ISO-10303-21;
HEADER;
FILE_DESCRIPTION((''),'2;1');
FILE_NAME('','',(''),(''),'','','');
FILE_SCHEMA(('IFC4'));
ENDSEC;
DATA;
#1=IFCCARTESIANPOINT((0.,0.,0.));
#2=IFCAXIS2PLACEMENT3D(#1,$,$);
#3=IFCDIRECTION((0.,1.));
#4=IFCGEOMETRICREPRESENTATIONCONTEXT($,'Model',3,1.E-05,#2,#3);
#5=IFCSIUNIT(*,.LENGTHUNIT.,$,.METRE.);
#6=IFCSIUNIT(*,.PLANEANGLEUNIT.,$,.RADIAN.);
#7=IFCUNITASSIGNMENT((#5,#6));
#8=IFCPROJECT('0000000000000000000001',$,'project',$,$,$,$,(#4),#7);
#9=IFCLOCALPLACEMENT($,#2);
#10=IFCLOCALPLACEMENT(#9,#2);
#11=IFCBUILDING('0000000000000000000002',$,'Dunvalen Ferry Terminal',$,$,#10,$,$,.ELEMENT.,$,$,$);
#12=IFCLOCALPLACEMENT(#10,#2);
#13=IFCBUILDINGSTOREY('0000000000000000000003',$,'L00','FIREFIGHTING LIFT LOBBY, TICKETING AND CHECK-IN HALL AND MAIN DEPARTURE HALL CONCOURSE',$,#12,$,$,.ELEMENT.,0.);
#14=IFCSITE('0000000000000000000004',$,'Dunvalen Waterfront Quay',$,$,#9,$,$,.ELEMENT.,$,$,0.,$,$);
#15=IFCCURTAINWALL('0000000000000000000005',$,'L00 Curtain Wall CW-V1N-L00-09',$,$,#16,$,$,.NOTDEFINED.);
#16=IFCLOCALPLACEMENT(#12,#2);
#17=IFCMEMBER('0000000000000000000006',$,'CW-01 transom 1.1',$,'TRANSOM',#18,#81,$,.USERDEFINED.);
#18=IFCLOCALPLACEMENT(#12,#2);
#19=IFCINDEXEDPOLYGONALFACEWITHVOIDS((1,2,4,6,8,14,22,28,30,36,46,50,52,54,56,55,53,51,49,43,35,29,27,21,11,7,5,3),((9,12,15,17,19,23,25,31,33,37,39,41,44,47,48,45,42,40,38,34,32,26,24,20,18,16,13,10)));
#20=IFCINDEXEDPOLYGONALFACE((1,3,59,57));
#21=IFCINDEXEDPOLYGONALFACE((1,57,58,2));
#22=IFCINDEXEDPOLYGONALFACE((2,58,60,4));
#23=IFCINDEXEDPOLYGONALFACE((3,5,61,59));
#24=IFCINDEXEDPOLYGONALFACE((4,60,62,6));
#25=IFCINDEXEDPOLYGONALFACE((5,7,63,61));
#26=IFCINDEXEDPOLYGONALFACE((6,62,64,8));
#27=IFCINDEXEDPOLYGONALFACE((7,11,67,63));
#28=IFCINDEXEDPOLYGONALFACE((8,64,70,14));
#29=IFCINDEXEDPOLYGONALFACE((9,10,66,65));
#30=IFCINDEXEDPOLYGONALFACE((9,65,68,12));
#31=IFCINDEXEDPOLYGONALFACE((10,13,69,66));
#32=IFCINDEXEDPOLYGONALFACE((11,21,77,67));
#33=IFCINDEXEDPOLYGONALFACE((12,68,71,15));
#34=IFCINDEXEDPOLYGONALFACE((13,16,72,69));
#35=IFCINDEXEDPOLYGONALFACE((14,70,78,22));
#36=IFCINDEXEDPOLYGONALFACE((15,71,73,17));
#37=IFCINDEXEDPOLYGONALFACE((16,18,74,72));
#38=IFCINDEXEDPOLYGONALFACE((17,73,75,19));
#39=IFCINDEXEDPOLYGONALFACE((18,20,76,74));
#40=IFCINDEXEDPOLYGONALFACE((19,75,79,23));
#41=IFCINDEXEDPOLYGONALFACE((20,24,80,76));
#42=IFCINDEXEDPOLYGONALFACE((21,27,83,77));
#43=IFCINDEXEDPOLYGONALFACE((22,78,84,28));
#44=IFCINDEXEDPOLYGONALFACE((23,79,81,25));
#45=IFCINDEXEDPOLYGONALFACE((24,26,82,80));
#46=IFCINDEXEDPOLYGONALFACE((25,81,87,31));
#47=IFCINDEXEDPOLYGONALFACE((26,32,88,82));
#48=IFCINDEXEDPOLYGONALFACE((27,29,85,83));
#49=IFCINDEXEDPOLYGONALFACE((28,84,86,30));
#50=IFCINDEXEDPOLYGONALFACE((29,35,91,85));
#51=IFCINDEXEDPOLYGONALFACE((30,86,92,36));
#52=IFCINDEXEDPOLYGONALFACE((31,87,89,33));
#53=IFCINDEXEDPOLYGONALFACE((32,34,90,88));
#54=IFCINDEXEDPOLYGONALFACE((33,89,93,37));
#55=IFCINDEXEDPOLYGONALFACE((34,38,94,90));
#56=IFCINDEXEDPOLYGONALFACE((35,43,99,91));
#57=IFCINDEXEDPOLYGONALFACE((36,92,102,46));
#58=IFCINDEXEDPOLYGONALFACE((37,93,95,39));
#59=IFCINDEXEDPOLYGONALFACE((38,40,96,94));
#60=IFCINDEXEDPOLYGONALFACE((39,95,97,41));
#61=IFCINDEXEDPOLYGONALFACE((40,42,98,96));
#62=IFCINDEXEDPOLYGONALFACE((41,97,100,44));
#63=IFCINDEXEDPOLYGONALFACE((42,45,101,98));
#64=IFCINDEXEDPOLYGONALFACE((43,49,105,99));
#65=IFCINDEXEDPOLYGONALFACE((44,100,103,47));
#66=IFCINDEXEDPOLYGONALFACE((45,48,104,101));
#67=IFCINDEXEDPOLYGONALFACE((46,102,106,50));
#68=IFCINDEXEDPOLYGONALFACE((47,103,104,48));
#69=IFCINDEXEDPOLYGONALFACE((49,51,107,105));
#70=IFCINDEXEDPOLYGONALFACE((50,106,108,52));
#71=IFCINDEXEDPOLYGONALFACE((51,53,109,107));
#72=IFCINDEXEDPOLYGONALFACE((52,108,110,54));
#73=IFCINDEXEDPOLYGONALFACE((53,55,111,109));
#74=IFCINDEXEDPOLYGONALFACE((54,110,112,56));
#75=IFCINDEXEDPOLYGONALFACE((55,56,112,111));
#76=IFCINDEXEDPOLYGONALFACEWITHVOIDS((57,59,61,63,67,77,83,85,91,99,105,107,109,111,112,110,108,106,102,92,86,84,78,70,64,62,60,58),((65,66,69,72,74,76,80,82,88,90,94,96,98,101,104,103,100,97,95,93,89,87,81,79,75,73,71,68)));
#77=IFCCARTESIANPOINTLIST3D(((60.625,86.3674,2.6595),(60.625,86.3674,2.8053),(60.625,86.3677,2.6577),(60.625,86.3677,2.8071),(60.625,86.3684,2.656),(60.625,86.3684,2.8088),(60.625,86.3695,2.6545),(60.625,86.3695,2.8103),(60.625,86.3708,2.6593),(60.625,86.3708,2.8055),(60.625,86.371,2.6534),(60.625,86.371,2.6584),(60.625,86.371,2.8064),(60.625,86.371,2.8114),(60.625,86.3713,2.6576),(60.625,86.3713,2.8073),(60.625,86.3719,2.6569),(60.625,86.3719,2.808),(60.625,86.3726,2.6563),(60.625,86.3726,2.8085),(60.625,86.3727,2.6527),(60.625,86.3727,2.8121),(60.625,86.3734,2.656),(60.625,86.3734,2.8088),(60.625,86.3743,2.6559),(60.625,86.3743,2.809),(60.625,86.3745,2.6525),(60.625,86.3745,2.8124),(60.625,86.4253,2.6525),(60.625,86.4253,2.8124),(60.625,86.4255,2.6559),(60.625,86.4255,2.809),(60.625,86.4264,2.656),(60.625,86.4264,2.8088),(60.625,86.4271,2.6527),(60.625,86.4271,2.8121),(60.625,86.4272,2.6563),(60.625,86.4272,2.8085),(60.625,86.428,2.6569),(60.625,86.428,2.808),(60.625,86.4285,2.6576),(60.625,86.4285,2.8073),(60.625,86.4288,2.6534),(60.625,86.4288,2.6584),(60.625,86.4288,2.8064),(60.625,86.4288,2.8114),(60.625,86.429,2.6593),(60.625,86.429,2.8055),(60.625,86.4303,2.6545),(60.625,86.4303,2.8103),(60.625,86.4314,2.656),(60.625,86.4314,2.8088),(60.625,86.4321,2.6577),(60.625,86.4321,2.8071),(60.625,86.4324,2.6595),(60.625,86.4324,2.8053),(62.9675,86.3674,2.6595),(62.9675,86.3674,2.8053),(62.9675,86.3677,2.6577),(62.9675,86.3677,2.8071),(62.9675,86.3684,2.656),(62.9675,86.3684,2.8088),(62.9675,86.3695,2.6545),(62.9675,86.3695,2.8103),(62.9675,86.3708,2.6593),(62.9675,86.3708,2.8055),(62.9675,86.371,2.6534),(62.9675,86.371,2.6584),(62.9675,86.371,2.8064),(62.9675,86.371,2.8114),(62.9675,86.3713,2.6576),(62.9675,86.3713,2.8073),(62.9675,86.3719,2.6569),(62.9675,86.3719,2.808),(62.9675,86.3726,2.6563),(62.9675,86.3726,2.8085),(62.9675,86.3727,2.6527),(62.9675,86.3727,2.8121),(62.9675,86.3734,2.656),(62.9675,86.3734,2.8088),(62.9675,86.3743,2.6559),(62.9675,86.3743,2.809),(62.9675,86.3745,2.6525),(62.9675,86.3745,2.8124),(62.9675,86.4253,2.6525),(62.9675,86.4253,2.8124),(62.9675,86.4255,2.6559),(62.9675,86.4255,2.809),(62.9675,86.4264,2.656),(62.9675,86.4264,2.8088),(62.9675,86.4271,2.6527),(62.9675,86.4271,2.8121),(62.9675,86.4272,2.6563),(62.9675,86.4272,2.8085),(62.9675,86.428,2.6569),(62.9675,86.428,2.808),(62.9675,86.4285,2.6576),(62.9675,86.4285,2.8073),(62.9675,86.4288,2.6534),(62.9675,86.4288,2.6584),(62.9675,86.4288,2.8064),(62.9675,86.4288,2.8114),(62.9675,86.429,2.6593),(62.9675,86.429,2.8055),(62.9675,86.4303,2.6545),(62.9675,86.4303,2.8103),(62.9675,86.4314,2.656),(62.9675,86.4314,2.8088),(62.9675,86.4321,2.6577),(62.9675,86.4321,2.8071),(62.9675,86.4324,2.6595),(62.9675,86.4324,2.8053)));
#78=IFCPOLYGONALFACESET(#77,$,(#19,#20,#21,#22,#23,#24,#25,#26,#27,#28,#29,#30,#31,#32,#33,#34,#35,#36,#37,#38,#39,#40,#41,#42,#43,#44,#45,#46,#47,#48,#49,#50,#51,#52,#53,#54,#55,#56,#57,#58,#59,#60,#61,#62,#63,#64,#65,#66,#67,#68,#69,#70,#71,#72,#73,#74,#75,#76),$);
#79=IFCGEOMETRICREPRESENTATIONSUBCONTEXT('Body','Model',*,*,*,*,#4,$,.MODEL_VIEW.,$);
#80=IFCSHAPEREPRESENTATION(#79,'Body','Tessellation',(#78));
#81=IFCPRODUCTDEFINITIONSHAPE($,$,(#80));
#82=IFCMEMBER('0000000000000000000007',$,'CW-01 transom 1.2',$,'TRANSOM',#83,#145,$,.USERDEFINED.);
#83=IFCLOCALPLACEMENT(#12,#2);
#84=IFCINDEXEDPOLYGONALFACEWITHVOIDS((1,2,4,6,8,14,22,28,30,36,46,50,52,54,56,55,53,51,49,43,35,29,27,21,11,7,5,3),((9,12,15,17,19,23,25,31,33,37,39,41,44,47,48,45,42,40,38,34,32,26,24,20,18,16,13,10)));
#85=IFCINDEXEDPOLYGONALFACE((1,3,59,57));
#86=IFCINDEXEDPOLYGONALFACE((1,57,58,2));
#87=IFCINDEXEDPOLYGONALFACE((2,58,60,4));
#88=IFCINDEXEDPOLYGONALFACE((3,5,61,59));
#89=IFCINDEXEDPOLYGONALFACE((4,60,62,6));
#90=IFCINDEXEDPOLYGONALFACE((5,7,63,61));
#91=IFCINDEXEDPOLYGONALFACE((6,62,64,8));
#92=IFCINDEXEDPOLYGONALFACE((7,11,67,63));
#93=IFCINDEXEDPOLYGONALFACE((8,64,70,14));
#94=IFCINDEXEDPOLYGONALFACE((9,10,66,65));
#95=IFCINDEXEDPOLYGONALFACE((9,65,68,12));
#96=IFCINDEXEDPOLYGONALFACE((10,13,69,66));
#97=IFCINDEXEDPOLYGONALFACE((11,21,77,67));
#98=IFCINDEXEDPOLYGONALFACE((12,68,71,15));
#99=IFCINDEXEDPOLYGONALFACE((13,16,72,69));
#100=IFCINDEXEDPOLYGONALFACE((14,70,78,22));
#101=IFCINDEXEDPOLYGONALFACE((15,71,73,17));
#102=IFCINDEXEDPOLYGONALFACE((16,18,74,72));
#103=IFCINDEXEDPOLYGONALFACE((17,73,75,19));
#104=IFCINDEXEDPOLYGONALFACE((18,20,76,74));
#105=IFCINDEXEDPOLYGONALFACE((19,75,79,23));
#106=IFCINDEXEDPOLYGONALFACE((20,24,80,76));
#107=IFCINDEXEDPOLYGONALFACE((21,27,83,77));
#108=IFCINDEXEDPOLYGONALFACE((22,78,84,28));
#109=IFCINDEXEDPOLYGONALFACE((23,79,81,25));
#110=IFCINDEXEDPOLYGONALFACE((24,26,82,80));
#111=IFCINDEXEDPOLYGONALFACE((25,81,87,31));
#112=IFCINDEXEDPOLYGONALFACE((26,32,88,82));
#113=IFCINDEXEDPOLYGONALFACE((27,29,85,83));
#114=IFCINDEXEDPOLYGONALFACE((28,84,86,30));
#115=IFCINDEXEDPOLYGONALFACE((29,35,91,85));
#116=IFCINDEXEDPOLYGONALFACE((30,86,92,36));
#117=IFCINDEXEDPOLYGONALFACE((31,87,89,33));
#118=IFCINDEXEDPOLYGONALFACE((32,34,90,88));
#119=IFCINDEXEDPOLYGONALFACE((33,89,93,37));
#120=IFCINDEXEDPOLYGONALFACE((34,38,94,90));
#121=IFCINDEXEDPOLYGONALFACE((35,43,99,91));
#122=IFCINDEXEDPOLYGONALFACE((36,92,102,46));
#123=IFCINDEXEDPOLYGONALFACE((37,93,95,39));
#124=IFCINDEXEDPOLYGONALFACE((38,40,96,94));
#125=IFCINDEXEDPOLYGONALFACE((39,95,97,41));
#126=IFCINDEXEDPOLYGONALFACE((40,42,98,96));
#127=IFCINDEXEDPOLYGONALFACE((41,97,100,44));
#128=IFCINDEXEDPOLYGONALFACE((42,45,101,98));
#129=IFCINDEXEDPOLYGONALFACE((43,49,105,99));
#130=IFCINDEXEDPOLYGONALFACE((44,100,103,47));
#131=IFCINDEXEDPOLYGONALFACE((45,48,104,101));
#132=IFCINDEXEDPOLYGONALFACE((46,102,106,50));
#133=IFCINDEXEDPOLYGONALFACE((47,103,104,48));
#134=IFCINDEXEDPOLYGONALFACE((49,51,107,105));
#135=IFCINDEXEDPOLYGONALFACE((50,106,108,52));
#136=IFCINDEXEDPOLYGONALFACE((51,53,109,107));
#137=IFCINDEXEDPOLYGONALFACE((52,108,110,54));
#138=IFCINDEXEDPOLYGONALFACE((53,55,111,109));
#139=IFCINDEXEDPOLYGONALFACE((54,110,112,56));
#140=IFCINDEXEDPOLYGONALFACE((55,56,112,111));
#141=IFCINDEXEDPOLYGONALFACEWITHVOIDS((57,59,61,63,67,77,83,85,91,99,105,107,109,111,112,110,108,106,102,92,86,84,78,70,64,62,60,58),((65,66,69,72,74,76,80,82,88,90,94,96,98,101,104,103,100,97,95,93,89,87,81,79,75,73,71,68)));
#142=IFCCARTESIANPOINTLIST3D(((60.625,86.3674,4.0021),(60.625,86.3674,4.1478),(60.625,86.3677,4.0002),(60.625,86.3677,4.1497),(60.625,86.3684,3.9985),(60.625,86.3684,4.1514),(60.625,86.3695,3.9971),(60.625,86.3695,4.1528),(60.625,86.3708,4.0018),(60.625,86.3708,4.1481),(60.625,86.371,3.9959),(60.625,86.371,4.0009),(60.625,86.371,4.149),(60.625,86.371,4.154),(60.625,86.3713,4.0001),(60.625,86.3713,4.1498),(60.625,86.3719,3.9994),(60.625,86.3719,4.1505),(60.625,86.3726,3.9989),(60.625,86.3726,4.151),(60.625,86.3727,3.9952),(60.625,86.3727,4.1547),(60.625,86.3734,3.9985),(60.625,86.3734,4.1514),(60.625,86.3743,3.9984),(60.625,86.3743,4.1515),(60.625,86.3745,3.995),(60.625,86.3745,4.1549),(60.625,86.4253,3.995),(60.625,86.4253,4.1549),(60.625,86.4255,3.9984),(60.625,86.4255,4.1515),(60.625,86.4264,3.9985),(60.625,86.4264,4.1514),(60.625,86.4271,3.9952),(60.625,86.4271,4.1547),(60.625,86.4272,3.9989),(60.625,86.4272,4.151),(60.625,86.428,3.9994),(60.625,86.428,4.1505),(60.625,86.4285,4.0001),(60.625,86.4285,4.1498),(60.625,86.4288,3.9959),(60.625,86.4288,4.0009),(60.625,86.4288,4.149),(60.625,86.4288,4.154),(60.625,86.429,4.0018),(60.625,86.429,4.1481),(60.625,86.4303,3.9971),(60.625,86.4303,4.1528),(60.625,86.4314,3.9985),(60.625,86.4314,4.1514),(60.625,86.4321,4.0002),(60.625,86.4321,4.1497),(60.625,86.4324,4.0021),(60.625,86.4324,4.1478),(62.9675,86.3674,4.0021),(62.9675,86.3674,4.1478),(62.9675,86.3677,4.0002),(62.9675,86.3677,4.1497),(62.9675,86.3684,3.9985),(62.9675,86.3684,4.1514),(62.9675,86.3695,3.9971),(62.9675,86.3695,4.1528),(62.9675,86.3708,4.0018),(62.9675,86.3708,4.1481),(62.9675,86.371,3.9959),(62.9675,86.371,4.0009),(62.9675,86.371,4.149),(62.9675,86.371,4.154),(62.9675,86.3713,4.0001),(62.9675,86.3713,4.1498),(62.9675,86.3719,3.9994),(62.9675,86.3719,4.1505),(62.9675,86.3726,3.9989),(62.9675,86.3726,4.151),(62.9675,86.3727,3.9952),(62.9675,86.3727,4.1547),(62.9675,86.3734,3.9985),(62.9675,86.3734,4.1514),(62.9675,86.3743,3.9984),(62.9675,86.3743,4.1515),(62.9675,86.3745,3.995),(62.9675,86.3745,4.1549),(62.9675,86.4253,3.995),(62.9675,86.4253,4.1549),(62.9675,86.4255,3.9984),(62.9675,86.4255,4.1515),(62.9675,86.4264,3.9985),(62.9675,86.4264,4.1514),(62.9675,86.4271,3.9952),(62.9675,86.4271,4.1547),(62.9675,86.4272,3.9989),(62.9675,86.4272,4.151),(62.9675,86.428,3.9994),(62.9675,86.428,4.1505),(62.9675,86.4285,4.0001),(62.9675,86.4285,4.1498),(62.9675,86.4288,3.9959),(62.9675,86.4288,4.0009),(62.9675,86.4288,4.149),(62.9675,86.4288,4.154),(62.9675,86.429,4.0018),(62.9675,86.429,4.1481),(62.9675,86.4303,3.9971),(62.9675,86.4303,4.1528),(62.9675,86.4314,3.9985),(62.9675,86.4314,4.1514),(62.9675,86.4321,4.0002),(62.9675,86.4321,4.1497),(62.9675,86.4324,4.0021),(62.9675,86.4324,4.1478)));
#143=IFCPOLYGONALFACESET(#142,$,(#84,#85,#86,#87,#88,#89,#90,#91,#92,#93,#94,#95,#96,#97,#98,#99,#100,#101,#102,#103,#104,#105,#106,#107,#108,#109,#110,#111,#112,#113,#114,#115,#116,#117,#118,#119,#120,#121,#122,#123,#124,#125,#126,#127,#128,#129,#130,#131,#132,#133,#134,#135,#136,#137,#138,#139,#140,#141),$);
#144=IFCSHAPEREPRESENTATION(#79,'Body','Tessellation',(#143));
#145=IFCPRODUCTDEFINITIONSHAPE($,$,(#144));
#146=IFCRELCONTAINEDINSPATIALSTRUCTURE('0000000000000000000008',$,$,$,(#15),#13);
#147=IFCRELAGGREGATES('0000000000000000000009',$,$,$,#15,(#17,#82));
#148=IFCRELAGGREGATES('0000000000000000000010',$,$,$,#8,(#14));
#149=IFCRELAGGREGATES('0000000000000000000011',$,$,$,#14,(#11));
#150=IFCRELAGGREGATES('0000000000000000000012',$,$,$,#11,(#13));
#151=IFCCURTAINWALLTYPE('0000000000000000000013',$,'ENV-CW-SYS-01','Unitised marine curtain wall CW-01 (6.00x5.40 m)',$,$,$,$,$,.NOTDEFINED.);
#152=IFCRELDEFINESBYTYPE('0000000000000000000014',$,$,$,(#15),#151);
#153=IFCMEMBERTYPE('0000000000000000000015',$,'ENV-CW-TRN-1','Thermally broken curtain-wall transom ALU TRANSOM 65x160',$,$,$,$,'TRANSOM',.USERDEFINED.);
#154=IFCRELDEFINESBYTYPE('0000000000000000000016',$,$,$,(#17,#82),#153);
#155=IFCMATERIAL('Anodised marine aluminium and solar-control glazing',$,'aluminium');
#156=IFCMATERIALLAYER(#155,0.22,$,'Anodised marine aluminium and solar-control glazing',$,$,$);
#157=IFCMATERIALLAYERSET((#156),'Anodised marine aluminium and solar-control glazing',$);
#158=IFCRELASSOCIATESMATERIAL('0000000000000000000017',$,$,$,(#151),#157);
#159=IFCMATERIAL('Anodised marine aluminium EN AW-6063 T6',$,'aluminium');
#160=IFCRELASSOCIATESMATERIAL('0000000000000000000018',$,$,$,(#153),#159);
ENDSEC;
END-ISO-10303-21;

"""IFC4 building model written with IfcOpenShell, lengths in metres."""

from ifc_helpers import new_model, si_unit, direction, frame, origin, origin_2d, place, context, subcontext, project, spatial, hollow_rectangle, extrude, material, layer, layer_set, material_profile, profile_set, type_object, element, aggregate, save


model = new_model("IFC4")

# Units and contexts
model_context = context("Model", 3, precision=1e-05, world=origin(), true_north=direction((0.0, 1.0)))
body_context = subcontext(model_context, "Body", "Model", "MODEL_VIEW")
ifc_project = project(units=[si_unit("LENGTHUNIT", "METRE"), si_unit("PLANEANGLEUNIT", "RADIAN")], contexts=[model_context])

# Site, building, storey
site_placement = place(None, origin())
site = spatial("IfcSite", under=ifc_project, at=site_placement, Name="Dunvalen Waterfront Quay", CompositionType="ELEMENT", RefElevation=0.0)
building_placement = place(site_placement, origin())
building = spatial("IfcBuilding", under=site, at=building_placement, Name="Dunvalen Ferry Terminal", CompositionType="ELEMENT")
storey_placement = place(building_placement, origin())
storey = spatial("IfcBuildingStorey", under=building, at=storey_placement, Name="L00", Description="FIREFIGHTING LIFT LOBBY, TICKETING AND CHECK-IN HALL AND MAIN DEPARTURE HALL CONCOURSE", CompositionType="ELEMENT", Elevation=0.0)

# Curtain wall
ifc_material_1 = material(Name="Anodised marine aluminium and solar-control glazing", Category="aluminium")
ifc_layer_1 = layer(ifc_material_1, 0.22, Name="Anodised marine aluminium and solar-control glazing")
ifc_layer_set_1 = layer_set([ifc_layer_1], Name="Anodised marine aluminium and solar-control glazing")
curtain_wall_type = type_object("IfcCurtainWallType", Name="ENV-CW-SYS-01", Description="Unitised marine curtain wall CW-01 (6.00x5.40 m)", PredefinedType="NOTDEFINED", material=ifc_layer_set_1)
curtain_wall_1_placement = place(storey_placement, origin())
curtain_wall_1 = element("IfcCurtainWall", 1, at=curtain_wall_1_placement, inside=storey, type_object=curtain_wall_type, Name="L00 Curtain Wall CW-V1N-L00-09", PredefinedType="NOTDEFINED")
ifc_material_2 = material(Name="Anodised marine aluminium EN AW-6063 T6", Category="aluminium")

# Members
ifc_material_profile_1 = material_profile(ifc_material_2, hollow_rectangle(XDim=0.0649, YDim=0.1599, WallThickness=0.0034, InnerFilletRadius=0.0034, OuterFilletRadius=0.0071, at=origin_2d()), Name="Anodised marine aluminium EN AW-6063 T6")
ifc_profile_set_1 = profile_set([ifc_material_profile_1], Name="Anodised marine aluminium EN AW-6063 T6")
member_type_1 = type_object("IfcMemberType", Name="ENV-CW-TRN-1", Description="Thermally broken curtain-wall transom ALU TRANSOM 65x160", ElementType="TRANSOM", PredefinedType="USERDEFINED", material=ifc_profile_set_1)
member_1_placement = place(storey_placement, frame((60.625, 86.3999, 2.7324), z_axis=(1.0, 0.0, 0.0), x_axis=(0.0, 1.0, 0.0)))
member_1 = element("IfcMember", 2, at=member_1_placement, type_object=member_type_1, Name="CW-01 transom 1.1", ObjectType="TRANSOM", PredefinedType="USERDEFINED", context=body_context, shape_type="SweptSolid", body=[
    extrude(hollow_rectangle(XDim=0.0649, YDim=0.1599, WallThickness=0.0034, InnerFilletRadius=0.0034, OuterFilletRadius=0.0071, at=origin_2d()), origin(), (0.0, 0.0, 1.0), 2.3425),
])
member_2_placement = place(storey_placement, frame((60.625, 86.3999, 4.075), z_axis=(1.0, 0.0, 0.0), x_axis=(0.0, 1.0, 0.0)))
member_2 = element("IfcMember", 3, at=member_2_placement, type_object=member_type_1, Name="CW-01 transom 1.2", ObjectType="TRANSOM", PredefinedType="USERDEFINED", context=body_context, shape_type="SweptSolid", body=[
    extrude(hollow_rectangle(XDim=0.0649, YDim=0.1599, WallThickness=0.0034, InnerFilletRadius=0.0034, OuterFilletRadius=0.0071, at=origin_2d()), origin(), (0.0, 0.0, 1.0), 2.3425),
])

aggregate(curtain_wall_1, [member_1, member_2])

save(model, "model.ifc")
